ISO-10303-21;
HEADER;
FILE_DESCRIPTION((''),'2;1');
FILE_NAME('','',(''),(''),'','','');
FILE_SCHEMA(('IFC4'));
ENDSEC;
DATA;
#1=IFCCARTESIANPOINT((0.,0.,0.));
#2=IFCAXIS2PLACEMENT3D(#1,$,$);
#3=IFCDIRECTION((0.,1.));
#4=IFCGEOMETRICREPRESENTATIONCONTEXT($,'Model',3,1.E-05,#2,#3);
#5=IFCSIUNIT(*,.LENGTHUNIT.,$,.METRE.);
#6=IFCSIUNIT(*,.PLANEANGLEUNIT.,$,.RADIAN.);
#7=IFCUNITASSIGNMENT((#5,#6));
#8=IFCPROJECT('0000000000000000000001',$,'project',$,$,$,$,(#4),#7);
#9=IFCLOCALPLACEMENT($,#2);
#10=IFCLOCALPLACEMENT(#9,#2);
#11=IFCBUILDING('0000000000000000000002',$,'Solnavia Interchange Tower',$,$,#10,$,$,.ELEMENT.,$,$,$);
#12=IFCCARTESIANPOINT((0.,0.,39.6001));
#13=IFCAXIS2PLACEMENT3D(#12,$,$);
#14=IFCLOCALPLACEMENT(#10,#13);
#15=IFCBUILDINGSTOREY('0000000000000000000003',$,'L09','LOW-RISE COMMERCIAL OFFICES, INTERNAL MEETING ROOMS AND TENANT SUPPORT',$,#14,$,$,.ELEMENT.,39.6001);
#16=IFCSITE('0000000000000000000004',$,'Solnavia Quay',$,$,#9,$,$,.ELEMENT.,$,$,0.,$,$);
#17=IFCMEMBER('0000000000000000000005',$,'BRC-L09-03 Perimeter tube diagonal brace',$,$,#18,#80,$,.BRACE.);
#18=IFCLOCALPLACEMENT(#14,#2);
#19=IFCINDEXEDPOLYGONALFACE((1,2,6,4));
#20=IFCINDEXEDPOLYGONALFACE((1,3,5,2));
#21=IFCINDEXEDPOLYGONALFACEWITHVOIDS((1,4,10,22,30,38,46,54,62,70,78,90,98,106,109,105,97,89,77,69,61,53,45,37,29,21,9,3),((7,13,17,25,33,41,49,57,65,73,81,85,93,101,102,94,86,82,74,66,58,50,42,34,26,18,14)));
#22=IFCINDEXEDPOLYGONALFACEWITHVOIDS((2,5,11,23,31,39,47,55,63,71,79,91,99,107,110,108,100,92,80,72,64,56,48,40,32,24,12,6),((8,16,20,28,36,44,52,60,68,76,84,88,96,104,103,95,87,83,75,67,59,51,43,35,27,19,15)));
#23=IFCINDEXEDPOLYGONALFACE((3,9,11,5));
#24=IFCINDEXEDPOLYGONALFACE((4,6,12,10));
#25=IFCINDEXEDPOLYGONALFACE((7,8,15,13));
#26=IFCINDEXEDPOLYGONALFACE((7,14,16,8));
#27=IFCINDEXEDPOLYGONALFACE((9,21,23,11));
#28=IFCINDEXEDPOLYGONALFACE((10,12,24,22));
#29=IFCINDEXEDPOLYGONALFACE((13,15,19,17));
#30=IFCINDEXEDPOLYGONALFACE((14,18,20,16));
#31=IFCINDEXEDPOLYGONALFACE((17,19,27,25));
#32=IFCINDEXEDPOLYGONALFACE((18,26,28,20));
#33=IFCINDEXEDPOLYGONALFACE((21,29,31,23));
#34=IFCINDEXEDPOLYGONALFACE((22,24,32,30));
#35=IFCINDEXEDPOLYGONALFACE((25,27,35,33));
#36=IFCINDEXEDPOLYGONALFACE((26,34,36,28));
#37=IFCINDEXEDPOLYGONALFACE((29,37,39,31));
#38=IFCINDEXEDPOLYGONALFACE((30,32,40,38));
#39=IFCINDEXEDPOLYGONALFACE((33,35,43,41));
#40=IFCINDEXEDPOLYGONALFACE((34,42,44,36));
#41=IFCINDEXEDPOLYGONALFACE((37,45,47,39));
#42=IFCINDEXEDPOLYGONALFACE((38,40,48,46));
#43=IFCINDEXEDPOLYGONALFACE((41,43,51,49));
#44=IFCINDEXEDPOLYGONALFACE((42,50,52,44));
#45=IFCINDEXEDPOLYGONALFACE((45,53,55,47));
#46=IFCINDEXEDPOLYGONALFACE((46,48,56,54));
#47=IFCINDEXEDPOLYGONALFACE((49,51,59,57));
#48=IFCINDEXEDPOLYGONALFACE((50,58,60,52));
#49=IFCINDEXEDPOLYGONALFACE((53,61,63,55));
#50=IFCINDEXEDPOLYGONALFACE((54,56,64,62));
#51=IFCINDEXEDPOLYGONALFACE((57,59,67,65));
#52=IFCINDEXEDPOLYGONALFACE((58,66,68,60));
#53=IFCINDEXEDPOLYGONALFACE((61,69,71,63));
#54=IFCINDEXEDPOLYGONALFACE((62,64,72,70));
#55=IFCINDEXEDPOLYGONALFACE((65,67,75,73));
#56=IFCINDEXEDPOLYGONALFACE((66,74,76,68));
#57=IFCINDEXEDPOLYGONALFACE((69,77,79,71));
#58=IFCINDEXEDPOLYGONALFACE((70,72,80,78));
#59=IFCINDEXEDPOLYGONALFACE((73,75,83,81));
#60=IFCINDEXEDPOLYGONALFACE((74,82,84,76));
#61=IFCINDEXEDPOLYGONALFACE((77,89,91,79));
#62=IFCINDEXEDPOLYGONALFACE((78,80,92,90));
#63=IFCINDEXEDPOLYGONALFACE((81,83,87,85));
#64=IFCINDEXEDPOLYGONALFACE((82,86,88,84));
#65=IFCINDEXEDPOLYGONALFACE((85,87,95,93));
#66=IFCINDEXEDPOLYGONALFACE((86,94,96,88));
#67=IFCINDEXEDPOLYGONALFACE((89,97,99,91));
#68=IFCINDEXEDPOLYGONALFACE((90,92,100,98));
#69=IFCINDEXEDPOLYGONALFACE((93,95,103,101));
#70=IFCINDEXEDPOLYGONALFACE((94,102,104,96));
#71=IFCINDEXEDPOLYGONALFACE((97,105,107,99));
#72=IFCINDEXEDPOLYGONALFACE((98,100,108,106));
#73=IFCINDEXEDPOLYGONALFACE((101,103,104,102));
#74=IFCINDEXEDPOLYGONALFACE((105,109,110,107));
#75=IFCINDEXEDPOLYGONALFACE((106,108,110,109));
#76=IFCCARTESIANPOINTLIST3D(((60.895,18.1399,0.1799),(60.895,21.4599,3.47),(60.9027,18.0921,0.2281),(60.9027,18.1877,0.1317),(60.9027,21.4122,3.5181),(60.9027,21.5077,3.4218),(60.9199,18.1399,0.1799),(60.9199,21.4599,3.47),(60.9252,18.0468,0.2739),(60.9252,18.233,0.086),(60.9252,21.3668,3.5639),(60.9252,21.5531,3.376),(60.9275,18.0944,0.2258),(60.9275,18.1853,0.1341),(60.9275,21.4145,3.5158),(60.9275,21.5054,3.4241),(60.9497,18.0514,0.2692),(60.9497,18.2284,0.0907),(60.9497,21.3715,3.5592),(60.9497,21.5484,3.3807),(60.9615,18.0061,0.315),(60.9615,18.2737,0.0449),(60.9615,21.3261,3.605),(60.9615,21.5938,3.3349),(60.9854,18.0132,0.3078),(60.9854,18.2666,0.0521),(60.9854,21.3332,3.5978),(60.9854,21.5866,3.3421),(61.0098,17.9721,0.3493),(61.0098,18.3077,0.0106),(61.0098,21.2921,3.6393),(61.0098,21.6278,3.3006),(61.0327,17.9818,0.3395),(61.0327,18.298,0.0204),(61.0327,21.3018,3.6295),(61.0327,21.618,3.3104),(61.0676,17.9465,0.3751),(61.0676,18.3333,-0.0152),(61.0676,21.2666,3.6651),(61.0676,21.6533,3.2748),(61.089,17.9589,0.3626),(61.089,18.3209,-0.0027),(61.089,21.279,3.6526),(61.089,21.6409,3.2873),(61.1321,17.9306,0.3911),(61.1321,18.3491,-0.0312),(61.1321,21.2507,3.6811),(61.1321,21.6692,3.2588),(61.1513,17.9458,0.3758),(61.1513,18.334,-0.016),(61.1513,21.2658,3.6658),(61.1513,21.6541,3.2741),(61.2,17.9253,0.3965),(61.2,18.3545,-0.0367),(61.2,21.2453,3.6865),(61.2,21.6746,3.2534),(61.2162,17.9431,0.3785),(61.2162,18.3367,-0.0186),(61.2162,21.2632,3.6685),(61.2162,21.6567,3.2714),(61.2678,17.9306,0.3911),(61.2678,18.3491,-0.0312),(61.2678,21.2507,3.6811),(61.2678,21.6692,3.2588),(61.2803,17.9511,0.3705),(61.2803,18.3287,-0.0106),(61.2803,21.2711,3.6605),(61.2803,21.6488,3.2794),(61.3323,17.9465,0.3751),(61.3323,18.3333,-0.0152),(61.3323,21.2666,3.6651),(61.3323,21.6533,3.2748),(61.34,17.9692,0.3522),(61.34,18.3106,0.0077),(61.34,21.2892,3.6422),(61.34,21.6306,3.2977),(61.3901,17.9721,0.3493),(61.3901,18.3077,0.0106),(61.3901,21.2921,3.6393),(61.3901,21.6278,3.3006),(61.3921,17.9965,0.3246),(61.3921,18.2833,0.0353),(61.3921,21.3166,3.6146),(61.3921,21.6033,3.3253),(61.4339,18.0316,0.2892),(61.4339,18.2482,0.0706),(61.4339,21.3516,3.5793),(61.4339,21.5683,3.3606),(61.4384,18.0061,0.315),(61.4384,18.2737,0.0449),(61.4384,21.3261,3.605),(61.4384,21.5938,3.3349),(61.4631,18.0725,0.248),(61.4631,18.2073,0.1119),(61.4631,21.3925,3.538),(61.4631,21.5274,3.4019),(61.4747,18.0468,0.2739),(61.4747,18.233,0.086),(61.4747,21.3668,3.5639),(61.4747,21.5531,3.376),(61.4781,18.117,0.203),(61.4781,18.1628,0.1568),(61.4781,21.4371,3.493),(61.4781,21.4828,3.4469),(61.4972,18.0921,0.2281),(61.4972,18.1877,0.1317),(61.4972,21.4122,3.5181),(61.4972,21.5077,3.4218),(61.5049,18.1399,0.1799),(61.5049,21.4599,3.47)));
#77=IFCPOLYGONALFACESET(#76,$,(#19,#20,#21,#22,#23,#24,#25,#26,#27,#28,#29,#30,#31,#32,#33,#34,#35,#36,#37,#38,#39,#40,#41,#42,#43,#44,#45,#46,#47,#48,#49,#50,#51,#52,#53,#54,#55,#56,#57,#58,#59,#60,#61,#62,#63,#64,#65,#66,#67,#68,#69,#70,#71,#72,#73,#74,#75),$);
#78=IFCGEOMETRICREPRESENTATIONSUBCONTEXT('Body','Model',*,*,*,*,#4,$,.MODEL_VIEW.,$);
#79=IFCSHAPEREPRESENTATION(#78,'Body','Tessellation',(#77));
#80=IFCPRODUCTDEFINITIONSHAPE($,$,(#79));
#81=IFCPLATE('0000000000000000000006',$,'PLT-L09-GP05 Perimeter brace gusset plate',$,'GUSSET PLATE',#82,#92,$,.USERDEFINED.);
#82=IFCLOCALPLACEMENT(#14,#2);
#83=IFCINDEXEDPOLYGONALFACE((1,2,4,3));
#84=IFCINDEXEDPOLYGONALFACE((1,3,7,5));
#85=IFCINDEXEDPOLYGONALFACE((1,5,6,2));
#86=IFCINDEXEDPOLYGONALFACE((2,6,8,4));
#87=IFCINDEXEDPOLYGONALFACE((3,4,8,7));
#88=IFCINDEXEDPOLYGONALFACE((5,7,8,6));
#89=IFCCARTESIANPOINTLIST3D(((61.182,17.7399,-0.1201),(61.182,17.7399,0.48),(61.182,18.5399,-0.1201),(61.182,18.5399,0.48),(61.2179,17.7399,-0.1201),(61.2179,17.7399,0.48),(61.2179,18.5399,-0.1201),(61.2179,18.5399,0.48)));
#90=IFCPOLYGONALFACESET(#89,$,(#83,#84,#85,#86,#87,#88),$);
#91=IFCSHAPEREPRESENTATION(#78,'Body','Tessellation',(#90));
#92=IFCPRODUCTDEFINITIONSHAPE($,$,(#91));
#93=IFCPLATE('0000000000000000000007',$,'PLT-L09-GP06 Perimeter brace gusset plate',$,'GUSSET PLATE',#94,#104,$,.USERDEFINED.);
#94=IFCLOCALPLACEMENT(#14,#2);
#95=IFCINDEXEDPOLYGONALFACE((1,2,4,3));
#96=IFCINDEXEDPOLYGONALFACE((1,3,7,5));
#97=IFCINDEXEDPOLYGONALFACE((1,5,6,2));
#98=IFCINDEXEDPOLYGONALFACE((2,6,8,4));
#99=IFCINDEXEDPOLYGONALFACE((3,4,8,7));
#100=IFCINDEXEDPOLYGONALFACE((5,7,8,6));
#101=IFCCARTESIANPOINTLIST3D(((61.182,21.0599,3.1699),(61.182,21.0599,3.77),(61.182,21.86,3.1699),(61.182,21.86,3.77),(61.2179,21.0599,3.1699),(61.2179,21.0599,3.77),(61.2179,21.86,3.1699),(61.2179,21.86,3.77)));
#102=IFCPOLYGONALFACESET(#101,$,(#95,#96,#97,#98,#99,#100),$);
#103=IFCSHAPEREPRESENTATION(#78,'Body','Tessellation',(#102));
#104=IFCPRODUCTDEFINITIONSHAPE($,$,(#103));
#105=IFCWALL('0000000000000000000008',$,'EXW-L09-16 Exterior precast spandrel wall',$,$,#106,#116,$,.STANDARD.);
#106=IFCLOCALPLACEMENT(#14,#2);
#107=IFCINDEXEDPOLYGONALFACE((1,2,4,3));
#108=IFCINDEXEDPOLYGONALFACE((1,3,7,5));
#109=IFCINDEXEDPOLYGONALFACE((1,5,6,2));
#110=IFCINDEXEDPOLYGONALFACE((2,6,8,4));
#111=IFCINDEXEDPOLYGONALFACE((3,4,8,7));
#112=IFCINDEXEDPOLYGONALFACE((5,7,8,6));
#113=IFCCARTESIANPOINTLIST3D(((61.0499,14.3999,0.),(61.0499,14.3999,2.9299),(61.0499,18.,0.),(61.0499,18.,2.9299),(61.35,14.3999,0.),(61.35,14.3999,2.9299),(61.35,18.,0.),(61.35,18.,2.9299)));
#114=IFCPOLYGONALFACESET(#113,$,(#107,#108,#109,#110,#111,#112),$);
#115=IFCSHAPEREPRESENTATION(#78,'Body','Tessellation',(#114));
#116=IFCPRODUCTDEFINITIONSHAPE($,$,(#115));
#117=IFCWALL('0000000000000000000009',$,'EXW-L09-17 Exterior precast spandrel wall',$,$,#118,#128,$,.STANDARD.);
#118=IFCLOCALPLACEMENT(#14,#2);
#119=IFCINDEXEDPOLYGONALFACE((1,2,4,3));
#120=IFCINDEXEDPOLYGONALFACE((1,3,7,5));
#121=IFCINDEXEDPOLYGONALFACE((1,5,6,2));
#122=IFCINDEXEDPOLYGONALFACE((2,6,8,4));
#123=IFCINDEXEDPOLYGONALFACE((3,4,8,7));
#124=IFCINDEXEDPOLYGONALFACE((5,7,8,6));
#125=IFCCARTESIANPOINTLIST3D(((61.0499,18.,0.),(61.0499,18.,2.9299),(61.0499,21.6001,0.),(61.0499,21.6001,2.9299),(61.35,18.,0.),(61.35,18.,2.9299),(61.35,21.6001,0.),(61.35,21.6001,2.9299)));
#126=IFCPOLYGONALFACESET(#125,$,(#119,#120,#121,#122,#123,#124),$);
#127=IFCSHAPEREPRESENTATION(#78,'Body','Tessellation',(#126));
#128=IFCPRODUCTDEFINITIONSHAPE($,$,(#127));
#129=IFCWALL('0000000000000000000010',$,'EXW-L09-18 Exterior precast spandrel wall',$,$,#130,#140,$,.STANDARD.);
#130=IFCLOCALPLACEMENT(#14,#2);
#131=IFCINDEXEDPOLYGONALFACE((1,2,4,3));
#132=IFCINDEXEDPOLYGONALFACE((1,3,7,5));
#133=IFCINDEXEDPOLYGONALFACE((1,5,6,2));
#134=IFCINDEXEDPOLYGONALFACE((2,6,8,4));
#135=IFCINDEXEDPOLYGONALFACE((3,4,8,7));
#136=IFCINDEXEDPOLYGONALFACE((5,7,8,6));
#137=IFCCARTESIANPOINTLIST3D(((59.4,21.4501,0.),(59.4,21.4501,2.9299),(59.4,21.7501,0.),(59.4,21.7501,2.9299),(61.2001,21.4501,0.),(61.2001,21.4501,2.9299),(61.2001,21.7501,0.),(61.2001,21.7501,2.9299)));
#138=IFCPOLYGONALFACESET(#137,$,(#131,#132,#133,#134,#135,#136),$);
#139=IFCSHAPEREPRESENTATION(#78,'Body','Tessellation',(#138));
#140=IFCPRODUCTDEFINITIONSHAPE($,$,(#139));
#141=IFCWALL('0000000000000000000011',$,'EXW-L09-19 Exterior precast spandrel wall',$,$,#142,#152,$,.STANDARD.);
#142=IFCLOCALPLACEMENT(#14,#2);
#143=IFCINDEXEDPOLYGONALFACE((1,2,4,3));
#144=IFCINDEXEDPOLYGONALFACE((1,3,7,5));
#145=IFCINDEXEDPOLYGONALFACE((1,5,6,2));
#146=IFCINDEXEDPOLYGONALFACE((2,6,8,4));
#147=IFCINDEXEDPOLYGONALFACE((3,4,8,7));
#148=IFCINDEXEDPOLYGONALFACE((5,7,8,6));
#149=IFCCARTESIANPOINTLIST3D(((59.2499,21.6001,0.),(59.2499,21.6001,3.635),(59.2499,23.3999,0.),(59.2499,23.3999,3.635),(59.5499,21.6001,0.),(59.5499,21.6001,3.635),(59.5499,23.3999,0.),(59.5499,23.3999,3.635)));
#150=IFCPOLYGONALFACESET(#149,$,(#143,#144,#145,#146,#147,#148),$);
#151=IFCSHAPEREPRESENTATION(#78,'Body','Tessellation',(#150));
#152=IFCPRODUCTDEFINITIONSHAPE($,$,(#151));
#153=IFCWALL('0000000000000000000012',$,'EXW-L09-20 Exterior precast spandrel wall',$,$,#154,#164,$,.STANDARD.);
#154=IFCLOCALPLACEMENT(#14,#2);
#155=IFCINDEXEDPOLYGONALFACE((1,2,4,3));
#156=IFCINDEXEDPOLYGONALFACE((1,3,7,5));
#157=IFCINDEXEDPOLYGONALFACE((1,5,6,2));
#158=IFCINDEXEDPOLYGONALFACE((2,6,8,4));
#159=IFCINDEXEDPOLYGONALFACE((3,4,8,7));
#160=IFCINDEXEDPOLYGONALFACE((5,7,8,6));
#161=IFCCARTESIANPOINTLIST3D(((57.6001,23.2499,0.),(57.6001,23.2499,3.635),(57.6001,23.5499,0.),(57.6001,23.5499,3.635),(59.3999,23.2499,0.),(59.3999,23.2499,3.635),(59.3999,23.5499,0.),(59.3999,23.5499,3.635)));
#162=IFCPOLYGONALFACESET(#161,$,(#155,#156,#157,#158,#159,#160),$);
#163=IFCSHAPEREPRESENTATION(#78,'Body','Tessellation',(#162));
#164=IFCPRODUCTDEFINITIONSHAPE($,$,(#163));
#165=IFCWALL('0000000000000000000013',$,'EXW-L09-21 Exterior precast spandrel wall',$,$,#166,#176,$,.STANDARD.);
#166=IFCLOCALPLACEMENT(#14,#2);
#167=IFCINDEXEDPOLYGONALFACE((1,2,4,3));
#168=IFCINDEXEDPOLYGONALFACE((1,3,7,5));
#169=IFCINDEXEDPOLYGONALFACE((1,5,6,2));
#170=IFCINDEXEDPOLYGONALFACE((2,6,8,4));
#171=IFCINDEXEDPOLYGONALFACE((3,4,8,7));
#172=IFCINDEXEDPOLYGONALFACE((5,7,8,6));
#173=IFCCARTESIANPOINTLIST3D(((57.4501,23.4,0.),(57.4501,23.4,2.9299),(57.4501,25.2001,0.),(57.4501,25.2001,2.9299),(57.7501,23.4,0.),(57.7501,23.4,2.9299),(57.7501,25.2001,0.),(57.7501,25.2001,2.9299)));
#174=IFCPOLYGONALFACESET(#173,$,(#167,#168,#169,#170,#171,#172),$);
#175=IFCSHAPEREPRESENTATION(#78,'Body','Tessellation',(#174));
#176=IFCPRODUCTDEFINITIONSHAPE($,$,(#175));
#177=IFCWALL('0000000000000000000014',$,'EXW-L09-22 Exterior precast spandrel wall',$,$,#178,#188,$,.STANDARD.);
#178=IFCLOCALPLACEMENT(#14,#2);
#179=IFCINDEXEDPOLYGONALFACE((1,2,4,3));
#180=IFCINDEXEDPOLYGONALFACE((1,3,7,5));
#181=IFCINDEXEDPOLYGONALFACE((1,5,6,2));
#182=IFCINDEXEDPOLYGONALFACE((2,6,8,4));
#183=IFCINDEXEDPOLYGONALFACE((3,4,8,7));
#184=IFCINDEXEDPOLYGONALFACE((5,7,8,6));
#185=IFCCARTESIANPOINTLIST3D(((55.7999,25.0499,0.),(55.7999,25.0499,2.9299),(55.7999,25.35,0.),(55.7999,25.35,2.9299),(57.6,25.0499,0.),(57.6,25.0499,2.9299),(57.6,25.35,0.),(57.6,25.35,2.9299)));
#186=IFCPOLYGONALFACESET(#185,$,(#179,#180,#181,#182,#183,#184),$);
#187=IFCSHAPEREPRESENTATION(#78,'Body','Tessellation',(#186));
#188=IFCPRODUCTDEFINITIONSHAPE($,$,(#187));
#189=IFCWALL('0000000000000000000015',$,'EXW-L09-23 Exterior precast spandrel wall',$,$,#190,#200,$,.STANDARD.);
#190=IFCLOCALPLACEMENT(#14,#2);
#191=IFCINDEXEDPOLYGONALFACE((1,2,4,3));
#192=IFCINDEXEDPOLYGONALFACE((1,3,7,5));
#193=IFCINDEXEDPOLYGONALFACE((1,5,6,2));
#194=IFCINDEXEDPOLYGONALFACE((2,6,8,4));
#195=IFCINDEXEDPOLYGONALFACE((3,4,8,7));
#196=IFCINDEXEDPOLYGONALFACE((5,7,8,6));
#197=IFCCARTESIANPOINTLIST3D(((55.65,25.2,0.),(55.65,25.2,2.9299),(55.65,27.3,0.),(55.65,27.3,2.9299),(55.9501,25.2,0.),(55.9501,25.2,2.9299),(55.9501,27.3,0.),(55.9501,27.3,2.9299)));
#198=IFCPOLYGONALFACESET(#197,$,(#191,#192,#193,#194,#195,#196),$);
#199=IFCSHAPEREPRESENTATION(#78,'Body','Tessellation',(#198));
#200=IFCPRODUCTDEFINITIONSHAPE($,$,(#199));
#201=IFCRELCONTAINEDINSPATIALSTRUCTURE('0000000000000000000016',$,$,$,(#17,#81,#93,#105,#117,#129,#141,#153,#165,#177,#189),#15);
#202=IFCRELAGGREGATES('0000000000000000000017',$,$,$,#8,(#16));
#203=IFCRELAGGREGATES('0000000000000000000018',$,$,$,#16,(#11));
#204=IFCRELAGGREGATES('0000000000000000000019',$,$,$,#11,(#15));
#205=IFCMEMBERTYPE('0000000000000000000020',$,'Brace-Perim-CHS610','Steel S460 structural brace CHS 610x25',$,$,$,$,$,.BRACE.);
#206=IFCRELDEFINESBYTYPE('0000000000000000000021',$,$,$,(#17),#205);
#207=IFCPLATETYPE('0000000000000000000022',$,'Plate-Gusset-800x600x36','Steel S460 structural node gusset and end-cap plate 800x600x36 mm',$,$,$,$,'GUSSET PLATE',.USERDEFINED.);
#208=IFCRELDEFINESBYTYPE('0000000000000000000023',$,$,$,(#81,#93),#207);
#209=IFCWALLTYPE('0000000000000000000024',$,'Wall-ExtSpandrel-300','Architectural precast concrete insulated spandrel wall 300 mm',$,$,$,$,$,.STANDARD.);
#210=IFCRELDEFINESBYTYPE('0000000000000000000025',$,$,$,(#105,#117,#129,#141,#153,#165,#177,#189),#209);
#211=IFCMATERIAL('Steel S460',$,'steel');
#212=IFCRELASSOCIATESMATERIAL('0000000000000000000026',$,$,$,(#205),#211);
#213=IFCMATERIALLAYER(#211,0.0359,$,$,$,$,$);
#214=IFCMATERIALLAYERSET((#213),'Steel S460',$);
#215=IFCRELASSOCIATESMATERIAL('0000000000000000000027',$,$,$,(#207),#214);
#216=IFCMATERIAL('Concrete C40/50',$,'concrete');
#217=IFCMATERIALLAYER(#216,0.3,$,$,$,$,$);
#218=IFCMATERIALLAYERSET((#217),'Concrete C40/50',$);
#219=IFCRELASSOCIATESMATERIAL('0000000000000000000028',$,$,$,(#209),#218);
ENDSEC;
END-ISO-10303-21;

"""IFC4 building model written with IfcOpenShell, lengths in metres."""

from ifc_helpers import new_model, si_unit, direction, frame, frame_2d, origin, origin_2d, place, context, subcontext, project, spatial, rectangle, hollow_circle, extrude, material, layer, layer_set, material_profile, profile_set, type_object, element, save


model = new_model("IFC4")

# Units and contexts
model_context = context("Model", 3, precision=1e-05, world=origin(), true_north=direction((0.0, 1.0)))
body_context = subcontext(model_context, "Body", "Model", "MODEL_VIEW")
ifc_project = project(units=[si_unit("LENGTHUNIT", "METRE"), si_unit("PLANEANGLEUNIT", "RADIAN")], contexts=[model_context])

# Site, building, storey
site_placement = place(None, origin())
site = spatial("IfcSite", under=ifc_project, at=site_placement, Name="Solnavia Quay", CompositionType="ELEMENT", RefElevation=0.0)
building_placement = place(site_placement, origin())
building = spatial("IfcBuilding", under=site, at=building_placement, Name="Solnavia Interchange Tower", CompositionType="ELEMENT")
storey_placement = place(building_placement, frame((0.0, 0.0, 39.6001)))
storey = spatial("IfcBuildingStorey", under=building, at=storey_placement, Name="L09", Description="LOW-RISE COMMERCIAL OFFICES, INTERNAL MEETING ROOMS AND TENANT SUPPORT", CompositionType="ELEMENT", Elevation=39.6001)

# Member
ifc_material_1 = material(Name="Steel S460", Category="steel")
ifc_material_profile_1 = material_profile(ifc_material_1, hollow_circle(Radius=0.3049, WallThickness=0.0249, at=origin_2d()), Name="CHS 610x25")
ifc_profile_set_1 = profile_set([ifc_material_profile_1], Name="Steel S460")
member_type = type_object("IfcMemberType", Name="Brace-Perim-CHS610", Description="Steel S460 structural brace CHS 610x25", PredefinedType="BRACE", material=ifc_profile_set_1)
member_placement = place(storey_placement, frame((61.2, 18.1399, 0.1799), z_axis=(0.0, 0.710312, 0.703887), x_axis=(-1.0, 0.0, 0.0)))
element("IfcMember", 1, at=member_placement, inside=storey, type_object=member_type, Name="BRC-L09-03 Perimeter tube diagonal brace", PredefinedType="BRACE", context=body_context, shape_type="SweptSolid", body=[
    extrude(hollow_circle(Radius=0.3049, WallThickness=0.0249, at=origin_2d()), origin(), (0.0, 0.0, 1.0), 4.6741),
])

# Plates
ifc_layer_1 = layer(ifc_material_1, 0.0359)
ifc_layer_set_1 = layer_set([ifc_layer_1], Name="Steel S460")
plate_type = type_object("IfcPlateType", Name="Plate-Gusset-800x600x36", Description="Steel S460 structural node gusset and end-cap plate 800x600x36 mm", ElementType="GUSSET PLATE", PredefinedType="USERDEFINED", material=ifc_layer_set_1)
for number, where, z_axis, x_axis, name in (
    (2, (61.2, 18.1399, -0.1201), (0.0, 0.0, 1.0), (0.0, 1.0, 0.0), "PLT-L09-GP05 Perimeter brace gusset plate"),
    (3, (61.2, 21.46, 3.1699), (0.0, 0.0, 1.0), (0.0, 1.0, 0.0), "PLT-L09-GP06 Perimeter brace gusset plate"),
):
    element("IfcPlate", number, at=place(storey_placement, frame(where, z_axis=z_axis, x_axis=x_axis)), inside=storey, type_object=plate_type, Name=name, ObjectType="GUSSET PLATE", PredefinedType="USERDEFINED", context=body_context, shape_type="SweptSolid", body=[
        extrude(rectangle(XDim=0.8, YDim=0.0359, at=origin_2d()), origin(), (0.0, 0.0, 1.0), 0.6001),
    ])

# Walls
ifc_material_2 = material(Name="Concrete C40/50", Category="concrete")
ifc_layer_2 = layer(ifc_material_2, 0.3)
ifc_layer_set_2 = layer_set([ifc_layer_2], Name="Concrete C40/50")
wall_type_1 = type_object("IfcWallType", Name="Wall-ExtSpandrel-300", Description="Architectural precast concrete insulated spandrel wall 300 mm", PredefinedType="STANDARD", material=ifc_layer_set_2)
for number, where, z_axis, x_axis, name in (
    (4, (61.2, 18.0, 0.0), (0.0, 0.0, 1.0), (0.0, -1.0, 0.0), "EXW-L09-16 Exterior precast spandrel wall"),
    (5, (61.2, 21.6001, 0.0), (0.0, 0.0, 1.0), (0.0, -1.0, 0.0), "EXW-L09-17 Exterior precast spandrel wall"),
):
    element("IfcWall", number, at=place(storey_placement, frame(where, z_axis=z_axis, x_axis=x_axis)), inside=storey, type_object=wall_type_1, Name=name, PredefinedType="STANDARD", context=body_context, shape_type="SweptSolid", body=[
        extrude(rectangle(XDim=3.6001, YDim=0.3, at=frame_2d((1.8, 0.0))), origin(), (0.0, 0.0, 1.0), 2.9299),
    ])
wall_1_placement = place(storey_placement, frame((61.2, 21.6001, 0.0), z_axis=(0.0, 0.0, 1.0), x_axis=(-1.0, 0.0, 0.0)))
element("IfcWall", 6, at=wall_1_placement, inside=storey, type_object=wall_type_1, Name="EXW-L09-18 Exterior precast spandrel wall", PredefinedType="STANDARD", context=body_context, shape_type="SweptSolid", body=[
    extrude(rectangle(XDim=1.8, YDim=0.3, at=frame_2d((0.8999, 0.0))), origin(), (0.0, 0.0, 1.0), 2.9299),
])
for number, where, z_axis, x_axis, name in (
    (7, (59.3999, 23.3999, 0.0), (0.0, 0.0, 1.0), (0.0, -1.0, 0.0), "EXW-L09-19 Exterior precast spandrel wall"),
    (8, (57.6001, 23.3999, 0.0), (0.0, 0.0, 1.0), (1.0, 0.0, 0.0), "EXW-L09-20 Exterior precast spandrel wall"),
):
    element("IfcWall", number, at=place(storey_placement, frame(where, z_axis=z_axis, x_axis=x_axis)), inside=storey, type_object=wall_type_1, Name=name, PredefinedType="STANDARD", context=body_context, shape_type="SweptSolid", body=[
        extrude(rectangle(XDim=1.7998, YDim=0.3, at=frame_2d((0.8999, 0.0))), origin(), (0.0, 0.0, 1.0), 3.635),
    ])
for number, where, z_axis, x_axis, name in (
    (9, (57.6001, 25.2, 0.0), (0.0, 0.0, 1.0), (0.0, -1.0, 0.0), "EXW-L09-21 Exterior precast spandrel wall"),
    (10, (55.8, 25.2, 0.0), (0.0, 0.0, 1.0), (1.0, 0.0, 0.0), "EXW-L09-22 Exterior precast spandrel wall"),
):
    element("IfcWall", number, at=place(storey_placement, frame(where, z_axis=z_axis, x_axis=x_axis)), inside=storey, type_object=wall_type_1, Name=name, PredefinedType="STANDARD", context=body_context, shape_type="SweptSolid", body=[
        extrude(rectangle(XDim=1.8, YDim=0.3, at=frame_2d((0.8999, 0.0))), origin(), (0.0, 0.0, 1.0), 2.9299),
    ])
wall_2_placement = place(storey_placement, frame((55.8, 27.3, 0.0), z_axis=(0.0, 0.0, 1.0), x_axis=(0.0, -1.0, 0.0)))
element("IfcWall", 11, at=wall_2_placement, inside=storey, type_object=wall_type_1, Name="EXW-L09-23 Exterior precast spandrel wall", PredefinedType="STANDARD", context=body_context, shape_type="SweptSolid", body=[
    extrude(rectangle(XDim=2.1001, YDim=0.3, at=frame_2d((1.05, 0.0))), origin(), (0.0, 0.0, 1.0), 2.9299),
])

save(model, "model.ifc")
